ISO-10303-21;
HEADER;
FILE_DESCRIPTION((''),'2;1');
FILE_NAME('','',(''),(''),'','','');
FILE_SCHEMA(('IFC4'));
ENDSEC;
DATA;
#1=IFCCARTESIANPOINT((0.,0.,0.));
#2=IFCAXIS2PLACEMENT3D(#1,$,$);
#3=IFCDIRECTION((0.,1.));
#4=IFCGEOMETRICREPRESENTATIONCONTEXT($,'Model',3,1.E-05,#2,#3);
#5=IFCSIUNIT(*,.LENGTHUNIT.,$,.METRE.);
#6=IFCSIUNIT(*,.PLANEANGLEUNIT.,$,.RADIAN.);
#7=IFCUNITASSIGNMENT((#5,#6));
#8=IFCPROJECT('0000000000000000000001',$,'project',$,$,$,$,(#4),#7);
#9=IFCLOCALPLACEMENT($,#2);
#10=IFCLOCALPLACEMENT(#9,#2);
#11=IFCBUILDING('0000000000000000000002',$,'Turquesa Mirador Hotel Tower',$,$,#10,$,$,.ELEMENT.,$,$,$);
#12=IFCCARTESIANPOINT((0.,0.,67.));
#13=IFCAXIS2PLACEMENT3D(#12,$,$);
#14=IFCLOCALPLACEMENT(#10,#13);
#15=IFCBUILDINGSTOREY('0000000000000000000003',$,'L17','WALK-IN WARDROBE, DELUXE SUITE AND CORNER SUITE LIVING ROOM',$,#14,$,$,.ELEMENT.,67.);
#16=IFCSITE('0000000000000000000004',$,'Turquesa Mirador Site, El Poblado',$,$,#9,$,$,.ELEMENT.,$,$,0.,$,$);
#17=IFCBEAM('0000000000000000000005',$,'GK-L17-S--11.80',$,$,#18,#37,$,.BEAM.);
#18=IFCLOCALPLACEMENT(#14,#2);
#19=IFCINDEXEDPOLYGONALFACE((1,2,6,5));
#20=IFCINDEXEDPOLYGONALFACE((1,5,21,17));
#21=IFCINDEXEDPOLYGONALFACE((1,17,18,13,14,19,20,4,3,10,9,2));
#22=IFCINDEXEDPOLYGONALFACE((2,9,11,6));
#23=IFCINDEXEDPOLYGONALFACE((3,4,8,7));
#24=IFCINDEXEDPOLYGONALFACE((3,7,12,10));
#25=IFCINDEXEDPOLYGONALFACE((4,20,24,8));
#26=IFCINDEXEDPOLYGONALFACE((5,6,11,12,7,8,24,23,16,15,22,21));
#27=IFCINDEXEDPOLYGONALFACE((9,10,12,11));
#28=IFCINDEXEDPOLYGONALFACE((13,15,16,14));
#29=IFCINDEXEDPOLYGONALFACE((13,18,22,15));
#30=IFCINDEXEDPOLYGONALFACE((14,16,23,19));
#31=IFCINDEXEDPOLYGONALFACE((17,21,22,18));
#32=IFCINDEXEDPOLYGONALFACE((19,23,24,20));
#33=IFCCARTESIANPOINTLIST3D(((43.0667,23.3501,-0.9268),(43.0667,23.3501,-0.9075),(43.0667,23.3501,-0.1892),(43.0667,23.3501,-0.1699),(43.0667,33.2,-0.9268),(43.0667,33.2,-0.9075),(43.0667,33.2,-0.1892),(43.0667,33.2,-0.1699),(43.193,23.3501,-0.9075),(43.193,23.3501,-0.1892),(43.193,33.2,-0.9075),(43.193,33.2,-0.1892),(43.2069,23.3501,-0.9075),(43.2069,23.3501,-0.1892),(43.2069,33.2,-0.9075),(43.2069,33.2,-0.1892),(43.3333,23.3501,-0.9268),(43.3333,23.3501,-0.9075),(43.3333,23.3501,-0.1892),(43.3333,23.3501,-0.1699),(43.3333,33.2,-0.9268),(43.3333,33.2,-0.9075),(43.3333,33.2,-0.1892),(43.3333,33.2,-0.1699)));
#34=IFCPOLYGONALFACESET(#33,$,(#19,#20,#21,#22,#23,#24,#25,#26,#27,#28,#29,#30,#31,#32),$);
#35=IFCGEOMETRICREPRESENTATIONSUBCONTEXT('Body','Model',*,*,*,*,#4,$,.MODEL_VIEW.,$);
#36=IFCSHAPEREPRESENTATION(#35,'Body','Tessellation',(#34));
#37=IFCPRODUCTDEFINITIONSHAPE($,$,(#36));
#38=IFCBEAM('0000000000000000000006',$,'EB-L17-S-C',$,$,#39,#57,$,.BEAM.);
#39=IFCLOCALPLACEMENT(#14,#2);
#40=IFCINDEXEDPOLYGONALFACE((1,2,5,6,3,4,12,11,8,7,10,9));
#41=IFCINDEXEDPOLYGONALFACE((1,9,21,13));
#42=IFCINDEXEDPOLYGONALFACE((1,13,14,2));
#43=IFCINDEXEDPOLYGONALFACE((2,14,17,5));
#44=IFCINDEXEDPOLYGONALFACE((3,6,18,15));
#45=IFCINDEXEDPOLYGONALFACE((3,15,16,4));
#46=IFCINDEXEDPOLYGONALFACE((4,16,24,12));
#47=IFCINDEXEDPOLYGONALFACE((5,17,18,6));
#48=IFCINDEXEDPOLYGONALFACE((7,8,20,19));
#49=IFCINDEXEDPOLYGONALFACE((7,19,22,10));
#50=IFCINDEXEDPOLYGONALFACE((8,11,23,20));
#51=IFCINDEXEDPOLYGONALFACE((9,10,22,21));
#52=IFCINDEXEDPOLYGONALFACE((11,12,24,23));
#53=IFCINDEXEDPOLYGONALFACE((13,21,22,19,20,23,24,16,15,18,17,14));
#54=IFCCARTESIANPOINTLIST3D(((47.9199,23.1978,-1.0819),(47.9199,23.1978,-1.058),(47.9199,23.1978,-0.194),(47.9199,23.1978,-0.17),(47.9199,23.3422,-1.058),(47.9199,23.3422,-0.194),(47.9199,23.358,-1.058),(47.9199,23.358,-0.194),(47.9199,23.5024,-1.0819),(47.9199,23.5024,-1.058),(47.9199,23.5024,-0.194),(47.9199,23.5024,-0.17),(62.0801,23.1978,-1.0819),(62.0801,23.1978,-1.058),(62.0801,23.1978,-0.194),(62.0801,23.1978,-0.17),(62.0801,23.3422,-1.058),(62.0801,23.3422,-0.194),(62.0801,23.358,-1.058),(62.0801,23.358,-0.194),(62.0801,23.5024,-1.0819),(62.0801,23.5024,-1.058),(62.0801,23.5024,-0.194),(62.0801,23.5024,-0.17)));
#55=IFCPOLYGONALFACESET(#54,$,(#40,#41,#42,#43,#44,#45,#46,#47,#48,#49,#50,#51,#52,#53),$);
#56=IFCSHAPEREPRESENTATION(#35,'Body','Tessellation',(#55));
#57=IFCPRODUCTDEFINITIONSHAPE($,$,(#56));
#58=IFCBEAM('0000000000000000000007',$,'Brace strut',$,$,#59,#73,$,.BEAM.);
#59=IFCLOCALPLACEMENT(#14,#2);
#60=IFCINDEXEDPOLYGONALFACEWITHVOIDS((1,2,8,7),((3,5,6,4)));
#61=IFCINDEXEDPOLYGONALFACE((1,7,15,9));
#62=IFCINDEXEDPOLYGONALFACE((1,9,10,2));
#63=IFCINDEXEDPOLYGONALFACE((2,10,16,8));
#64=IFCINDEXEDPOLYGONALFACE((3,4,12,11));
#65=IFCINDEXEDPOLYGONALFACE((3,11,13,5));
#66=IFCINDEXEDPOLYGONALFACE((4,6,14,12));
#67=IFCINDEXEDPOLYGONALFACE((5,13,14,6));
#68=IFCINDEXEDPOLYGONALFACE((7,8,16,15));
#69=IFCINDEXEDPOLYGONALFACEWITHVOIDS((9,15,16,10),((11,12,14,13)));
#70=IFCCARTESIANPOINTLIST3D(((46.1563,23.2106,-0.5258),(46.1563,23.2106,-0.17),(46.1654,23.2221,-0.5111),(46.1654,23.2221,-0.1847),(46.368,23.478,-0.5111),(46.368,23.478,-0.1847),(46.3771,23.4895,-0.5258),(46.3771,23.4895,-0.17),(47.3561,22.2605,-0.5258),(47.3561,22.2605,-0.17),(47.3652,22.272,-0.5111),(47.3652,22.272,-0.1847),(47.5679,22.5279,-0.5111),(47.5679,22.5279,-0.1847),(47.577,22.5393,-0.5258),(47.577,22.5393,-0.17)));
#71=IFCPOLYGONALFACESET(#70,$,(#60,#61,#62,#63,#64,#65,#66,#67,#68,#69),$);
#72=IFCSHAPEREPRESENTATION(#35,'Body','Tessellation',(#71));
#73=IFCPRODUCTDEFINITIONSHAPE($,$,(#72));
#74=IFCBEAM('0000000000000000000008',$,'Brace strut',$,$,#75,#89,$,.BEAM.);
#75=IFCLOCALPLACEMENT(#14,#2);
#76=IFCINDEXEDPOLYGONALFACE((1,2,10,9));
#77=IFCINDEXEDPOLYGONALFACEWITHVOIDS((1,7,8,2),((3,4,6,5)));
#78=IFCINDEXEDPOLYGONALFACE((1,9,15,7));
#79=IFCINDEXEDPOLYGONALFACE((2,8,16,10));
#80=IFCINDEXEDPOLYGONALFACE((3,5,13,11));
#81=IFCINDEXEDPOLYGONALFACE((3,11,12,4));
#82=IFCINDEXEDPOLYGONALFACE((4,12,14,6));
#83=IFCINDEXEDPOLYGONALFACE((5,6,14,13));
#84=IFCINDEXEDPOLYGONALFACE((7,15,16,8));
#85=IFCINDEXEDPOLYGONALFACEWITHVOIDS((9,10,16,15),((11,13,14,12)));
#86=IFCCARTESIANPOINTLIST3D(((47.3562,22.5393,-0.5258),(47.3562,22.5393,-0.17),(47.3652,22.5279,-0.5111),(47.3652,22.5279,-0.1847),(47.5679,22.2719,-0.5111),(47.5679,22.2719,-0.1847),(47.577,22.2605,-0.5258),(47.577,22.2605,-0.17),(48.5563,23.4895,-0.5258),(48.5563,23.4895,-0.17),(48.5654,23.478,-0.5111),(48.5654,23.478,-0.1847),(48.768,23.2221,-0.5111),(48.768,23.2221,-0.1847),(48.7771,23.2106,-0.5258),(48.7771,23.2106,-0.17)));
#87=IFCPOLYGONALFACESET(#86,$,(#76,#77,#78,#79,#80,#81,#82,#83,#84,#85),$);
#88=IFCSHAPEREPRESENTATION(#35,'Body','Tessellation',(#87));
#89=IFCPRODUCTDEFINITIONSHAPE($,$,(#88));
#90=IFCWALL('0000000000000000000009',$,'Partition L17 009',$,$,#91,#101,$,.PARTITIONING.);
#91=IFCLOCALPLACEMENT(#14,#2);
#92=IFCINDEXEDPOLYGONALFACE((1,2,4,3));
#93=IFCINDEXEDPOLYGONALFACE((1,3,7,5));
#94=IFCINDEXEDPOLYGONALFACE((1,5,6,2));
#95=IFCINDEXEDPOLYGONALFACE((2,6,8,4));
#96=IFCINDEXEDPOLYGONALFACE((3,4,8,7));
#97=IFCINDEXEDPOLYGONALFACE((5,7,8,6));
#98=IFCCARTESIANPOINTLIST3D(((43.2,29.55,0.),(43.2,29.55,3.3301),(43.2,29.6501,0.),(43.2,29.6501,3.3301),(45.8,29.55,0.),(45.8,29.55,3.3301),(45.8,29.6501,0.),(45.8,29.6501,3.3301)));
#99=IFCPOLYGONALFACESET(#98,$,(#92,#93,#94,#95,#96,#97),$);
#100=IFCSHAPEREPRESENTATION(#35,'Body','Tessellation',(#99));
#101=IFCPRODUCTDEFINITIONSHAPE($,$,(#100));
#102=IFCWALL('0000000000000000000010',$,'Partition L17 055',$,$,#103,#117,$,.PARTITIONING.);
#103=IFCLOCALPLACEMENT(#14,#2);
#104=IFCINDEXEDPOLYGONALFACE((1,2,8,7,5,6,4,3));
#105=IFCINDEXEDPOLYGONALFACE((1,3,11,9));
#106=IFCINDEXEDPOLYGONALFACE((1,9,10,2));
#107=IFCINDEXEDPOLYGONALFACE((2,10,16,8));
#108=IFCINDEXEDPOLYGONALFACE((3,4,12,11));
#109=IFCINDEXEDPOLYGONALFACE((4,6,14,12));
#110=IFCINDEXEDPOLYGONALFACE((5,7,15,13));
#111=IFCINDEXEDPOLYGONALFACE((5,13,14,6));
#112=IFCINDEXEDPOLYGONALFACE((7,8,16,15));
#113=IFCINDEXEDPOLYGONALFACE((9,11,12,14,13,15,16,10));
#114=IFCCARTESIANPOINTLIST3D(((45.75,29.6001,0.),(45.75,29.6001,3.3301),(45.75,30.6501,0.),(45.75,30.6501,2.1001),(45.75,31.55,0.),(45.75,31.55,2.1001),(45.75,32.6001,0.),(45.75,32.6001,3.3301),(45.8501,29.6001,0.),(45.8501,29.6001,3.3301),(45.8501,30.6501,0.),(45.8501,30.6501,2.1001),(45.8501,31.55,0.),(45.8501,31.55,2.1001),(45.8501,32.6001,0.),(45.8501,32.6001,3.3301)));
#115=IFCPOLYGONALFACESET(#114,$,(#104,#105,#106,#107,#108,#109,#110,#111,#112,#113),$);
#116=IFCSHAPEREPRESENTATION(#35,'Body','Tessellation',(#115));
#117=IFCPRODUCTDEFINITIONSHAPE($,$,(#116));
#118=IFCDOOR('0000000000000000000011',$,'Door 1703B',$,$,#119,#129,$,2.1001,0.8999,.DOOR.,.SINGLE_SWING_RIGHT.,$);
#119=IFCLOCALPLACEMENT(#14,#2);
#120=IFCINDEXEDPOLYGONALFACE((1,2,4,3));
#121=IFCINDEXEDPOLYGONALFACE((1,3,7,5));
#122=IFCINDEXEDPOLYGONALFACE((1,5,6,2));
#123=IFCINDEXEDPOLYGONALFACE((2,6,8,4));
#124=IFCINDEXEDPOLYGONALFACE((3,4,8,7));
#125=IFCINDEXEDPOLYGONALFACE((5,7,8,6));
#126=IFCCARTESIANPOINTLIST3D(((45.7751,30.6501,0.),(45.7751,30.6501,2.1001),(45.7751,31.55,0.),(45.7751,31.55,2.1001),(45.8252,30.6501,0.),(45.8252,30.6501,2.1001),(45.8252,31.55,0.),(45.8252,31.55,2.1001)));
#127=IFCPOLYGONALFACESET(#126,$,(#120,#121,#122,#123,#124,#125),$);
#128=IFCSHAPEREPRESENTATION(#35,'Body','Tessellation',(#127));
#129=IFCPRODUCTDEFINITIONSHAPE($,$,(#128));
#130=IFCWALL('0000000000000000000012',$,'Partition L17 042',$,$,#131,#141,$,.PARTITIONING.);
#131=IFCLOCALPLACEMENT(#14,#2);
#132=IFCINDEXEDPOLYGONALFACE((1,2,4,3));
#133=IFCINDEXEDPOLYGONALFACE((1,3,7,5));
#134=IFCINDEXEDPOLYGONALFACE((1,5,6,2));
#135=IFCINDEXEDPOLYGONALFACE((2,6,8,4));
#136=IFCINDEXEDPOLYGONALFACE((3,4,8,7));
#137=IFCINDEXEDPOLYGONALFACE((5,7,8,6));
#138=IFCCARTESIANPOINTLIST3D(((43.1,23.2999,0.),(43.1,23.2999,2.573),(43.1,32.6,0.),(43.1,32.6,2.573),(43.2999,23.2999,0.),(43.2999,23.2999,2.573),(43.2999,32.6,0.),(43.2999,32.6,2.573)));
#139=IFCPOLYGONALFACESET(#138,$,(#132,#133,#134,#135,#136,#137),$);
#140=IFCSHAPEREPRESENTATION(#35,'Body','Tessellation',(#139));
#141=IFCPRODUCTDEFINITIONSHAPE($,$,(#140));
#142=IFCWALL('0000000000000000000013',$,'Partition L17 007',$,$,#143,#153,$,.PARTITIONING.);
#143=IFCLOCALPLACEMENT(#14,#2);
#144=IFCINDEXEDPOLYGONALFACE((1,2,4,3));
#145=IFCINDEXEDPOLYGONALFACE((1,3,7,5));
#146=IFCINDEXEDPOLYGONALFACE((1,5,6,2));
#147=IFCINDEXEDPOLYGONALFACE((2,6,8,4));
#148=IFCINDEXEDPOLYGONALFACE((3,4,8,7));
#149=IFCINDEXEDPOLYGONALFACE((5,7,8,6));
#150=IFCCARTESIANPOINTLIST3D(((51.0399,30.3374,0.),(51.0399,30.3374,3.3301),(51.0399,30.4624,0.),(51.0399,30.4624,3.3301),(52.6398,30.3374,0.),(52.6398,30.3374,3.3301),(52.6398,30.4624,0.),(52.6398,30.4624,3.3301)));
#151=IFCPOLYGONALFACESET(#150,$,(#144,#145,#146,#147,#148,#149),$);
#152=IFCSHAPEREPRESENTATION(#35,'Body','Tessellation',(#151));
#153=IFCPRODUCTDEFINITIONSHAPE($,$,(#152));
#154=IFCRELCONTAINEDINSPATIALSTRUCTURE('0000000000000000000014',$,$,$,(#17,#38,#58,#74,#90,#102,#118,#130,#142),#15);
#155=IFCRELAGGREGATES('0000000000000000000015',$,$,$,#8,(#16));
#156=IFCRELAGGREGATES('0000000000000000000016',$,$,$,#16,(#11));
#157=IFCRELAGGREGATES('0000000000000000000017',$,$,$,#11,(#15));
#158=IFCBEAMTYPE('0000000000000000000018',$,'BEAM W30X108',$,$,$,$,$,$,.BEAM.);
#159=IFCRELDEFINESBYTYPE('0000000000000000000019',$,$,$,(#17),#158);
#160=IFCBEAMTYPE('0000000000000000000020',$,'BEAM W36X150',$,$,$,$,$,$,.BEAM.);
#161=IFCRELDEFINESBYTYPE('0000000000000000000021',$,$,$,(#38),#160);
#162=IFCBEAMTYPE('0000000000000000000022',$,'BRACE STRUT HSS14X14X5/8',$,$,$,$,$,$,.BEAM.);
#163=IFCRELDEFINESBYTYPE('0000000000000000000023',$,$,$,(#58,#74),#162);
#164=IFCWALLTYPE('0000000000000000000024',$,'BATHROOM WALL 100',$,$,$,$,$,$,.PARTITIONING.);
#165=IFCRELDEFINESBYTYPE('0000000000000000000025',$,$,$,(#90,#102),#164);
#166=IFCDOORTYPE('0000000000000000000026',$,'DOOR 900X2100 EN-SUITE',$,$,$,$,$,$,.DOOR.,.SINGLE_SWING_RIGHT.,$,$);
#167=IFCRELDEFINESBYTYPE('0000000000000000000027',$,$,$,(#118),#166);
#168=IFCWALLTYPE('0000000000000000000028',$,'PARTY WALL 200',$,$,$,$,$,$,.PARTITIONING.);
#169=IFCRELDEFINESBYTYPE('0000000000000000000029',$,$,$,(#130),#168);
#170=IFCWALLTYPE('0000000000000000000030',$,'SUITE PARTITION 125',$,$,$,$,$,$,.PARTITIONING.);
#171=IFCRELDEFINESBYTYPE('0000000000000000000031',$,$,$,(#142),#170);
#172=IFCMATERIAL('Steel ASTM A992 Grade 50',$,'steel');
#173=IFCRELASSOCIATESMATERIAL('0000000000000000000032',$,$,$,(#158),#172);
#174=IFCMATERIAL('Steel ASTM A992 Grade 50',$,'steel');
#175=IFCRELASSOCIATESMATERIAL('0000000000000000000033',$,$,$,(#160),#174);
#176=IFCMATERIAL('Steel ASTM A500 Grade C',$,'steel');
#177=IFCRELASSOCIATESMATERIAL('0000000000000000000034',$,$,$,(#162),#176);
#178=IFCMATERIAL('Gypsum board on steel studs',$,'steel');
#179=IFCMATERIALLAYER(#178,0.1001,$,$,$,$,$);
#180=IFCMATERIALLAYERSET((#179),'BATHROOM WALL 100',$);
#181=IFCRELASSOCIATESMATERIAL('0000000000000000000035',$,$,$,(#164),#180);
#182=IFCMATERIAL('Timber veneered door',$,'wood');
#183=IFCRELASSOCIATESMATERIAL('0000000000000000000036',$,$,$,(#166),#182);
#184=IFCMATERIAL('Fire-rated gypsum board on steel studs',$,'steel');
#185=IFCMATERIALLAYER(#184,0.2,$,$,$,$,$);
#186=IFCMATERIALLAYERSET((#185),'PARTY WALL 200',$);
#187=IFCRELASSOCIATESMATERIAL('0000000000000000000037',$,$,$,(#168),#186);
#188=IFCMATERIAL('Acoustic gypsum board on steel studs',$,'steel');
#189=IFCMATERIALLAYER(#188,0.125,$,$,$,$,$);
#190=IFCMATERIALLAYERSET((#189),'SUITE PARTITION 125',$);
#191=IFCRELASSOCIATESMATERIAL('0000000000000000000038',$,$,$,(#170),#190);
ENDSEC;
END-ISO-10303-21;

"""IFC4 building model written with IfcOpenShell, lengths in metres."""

from ifc_helpers import new_model, si_unit, direction, frame, frame_2d, origin, origin_2d, place, context, subcontext, project, spatial, rectangle, hollow_rectangle, i_section, extrude, material, layer, layer_set, material_profile, profile_set, type_object, element, fill, save


model = new_model("IFC4")

# Units and contexts
model_context = context("Model", 3, precision=1e-05, world=origin(), true_north=direction((0.0, 1.0)))
body_context = subcontext(model_context, "Body", "Model", "MODEL_VIEW")
ifc_project = project(units=[si_unit("LENGTHUNIT", "METRE"), si_unit("PLANEANGLEUNIT", "RADIAN")], contexts=[model_context])

# Site, building, storey
site_placement = place(None, origin())
site = spatial("IfcSite", under=ifc_project, at=site_placement, Name="Turquesa Mirador Site, El Poblado", CompositionType="ELEMENT", RefElevation=0.0)
building_placement = place(site_placement, origin())
building = spatial("IfcBuilding", under=site, at=building_placement, Name="Turquesa Mirador Hotel Tower", CompositionType="ELEMENT")
storey_placement = place(building_placement, frame((0.0, 0.0, 67.0)))
storey = spatial("IfcBuildingStorey", under=building, at=storey_placement, Name="L17", Description="WALK-IN WARDROBE, DELUXE SUITE AND CORNER SUITE LIVING ROOM", CompositionType="ELEMENT", Elevation=67.0)

# Beams
ifc_material_1 = material(Name="Steel ASTM A992 Grade 50", Category="steel")
ifc_material_profile_1 = material_profile(ifc_material_1, i_section(OverallWidth=0.2666, OverallDepth=0.7568, WebThickness=0.0139, FlangeThickness=0.0193, at=origin_2d()), Name="W30X108")
ifc_profile_set_1 = profile_set([ifc_material_profile_1], Name="Steel ASTM A992 Grade 50")
beam_type_1 = type_object("IfcBeamType", Name="BEAM W30X108", PredefinedType="BEAM", material=ifc_profile_set_1)
beam_1_placement = place(storey_placement, frame((43.2, 23.3501, -0.5483), z_axis=(0.0, 1.0, 0.0), x_axis=(-1.0, 0.0, 0.0)))
element("IfcBeam", 1, at=beam_1_placement, inside=storey, type_object=beam_type_1, Name="GK-L17-S--11.80", PredefinedType="BEAM", context=body_context, shape_type="SweptSolid", body=[
    extrude(i_section(OverallWidth=0.2666, OverallDepth=0.7568, WebThickness=0.0139, FlangeThickness=0.0193, at=origin_2d()), origin(), (0.0, 0.0, 1.0), 9.8499),
])
ifc_material_2 = material(Name="Steel ASTM A992 Grade 50", Category="steel")
ifc_material_profile_2 = material_profile(ifc_material_2, i_section(OverallWidth=0.3047, OverallDepth=0.9119, WebThickness=0.0159, FlangeThickness=0.0239, at=origin_2d()), Name="W36X150")
ifc_profile_set_2 = profile_set([ifc_material_profile_2], Name="Steel ASTM A992 Grade 50")
beam_type_2 = type_object("IfcBeamType", Name="BEAM W36X150", PredefinedType="BEAM", material=ifc_profile_set_2)
beam_2_placement = place(storey_placement, frame((47.9199, 23.3501, -0.626), z_axis=(1.0, 0.0, 0.0), x_axis=(0.0, 1.0, 0.0)))
element("IfcBeam", 2, at=beam_2_placement, inside=storey, type_object=beam_type_2, Name="EB-L17-S-C", PredefinedType="BEAM", context=body_context, shape_type="SweptSolid", body=[
    extrude(i_section(OverallWidth=0.3047, OverallDepth=0.9119, WebThickness=0.0159, FlangeThickness=0.0239, at=origin_2d()), origin(), (0.0, 0.0, 1.0), 14.1602),
])
ifc_material_3 = material(Name="Steel ASTM A500 Grade C", Category="steel")
ifc_material_profile_3 = material_profile(ifc_material_3, hollow_rectangle(XDim=0.3557, YDim=0.3557, WallThickness=0.0146, at=origin_2d()), Name="HSS14X14X5/8")
ifc_profile_set_3 = profile_set([ifc_material_profile_3], Name="Steel ASTM A500 Grade C")
beam_type_3 = type_object("IfcBeamType", Name="BRACE STRUT HSS14X14X5/8", PredefinedType="BEAM", material=ifc_profile_set_3)
beam_3_placement = place(storey_placement, frame((47.4666, 22.3999, -0.3479), z_axis=(-0.783971, 0.620797, 0.0), x_axis=(-0.620797, -0.783971, 0.0)))
element("IfcBeam", 3, at=beam_3_placement, inside=storey, type_object=beam_type_3, Name="Brace strut", PredefinedType="BEAM", context=body_context, shape_type="SweptSolid", body=[
    extrude(hollow_rectangle(XDim=0.3557, YDim=0.3557, WallThickness=0.0146, at=origin_2d()), origin(), (0.0, 0.0, 1.0), 1.5305),
])
beam_4_placement = place(storey_placement, frame((47.4666, 22.3999, -0.3479), z_axis=(0.784033, 0.620719, 0.0), x_axis=(-0.620719, 0.784033, 0.0)))
element("IfcBeam", 4, at=beam_4_placement, inside=storey, type_object=beam_type_3, Name="Brace strut", PredefinedType="BEAM", context=body_context, shape_type="SweptSolid", body=[
    extrude(hollow_rectangle(XDim=0.3557, YDim=0.3557, WallThickness=0.0146, at=origin_2d()), origin(), (0.0, 0.0, 1.0), 1.5308),
])

# Wall
ifc_material_4 = material(Name="Gypsum board on steel studs", Category="steel")
ifc_layer_1 = layer(ifc_material_4, 0.1001)
ifc_layer_set_1 = layer_set([ifc_layer_1], Name="BATHROOM WALL 100")
wall_type_1 = type_object("IfcWallType", Name="BATHROOM WALL 100", PredefinedType="PARTITIONING", material=ifc_layer_set_1)
wall_1_placement = place(storey_placement, frame((43.2, 29.6001, 0.0), z_axis=(0.0, 0.0, 1.0), x_axis=(1.0, 0.0, 0.0)))
element("IfcWall", 5, at=wall_1_placement, inside=storey, type_object=wall_type_1, Name="Partition L17 009", PredefinedType="PARTITIONING", context=body_context, shape_type="SweptSolid", body=[
    extrude(rectangle(XDim=2.6001, YDim=0.1001, at=frame_2d((1.3, 0.0))), origin(), (0.0, 0.0, 1.0), 3.3301),
])

# Wall, opening, door
wall_2_placement = place(storey_placement, frame((45.8, 29.6001, 0.0), z_axis=(0.0, 0.0, 1.0), x_axis=(0.0, 1.0, 0.0)))
wall_2 = element("IfcWall", 6, at=wall_2_placement, inside=storey, type_object=wall_type_1, Name="Partition L17 055", PredefinedType="PARTITIONING", context=body_context, shape_type="SweptSolid", body=[
    extrude(rectangle(XDim=3.0, YDim=0.1001, at=frame_2d((1.5, 0.0))), origin(), (0.0, 0.0, 1.0), 3.3301),
])
opening_placement = place(wall_2_placement, frame((1.05, 0.0, 0.0)))
opening = element("IfcOpeningElement", 7, at=opening_placement, cuts=wall_2, PredefinedType="OPENING", context=body_context, shape_type="SweptSolid", body=[
    extrude(rectangle(XDim=0.8999, YDim=2.1001, at=frame_2d((0.45, 1.05))), frame((0.0, 0.0601, 0.0), z_axis=(0.0, -1.0, 0.0), x_axis=(1.0, 0.0, 0.0)), (0.0, 0.0, 1.0), 0.1201),
])
ifc_material_5 = material(Name="Timber veneered door", Category="wood")
door_type = type_object("IfcDoorType", Name="DOOR 900X2100 EN-SUITE", OperationType="SINGLE_SWING_RIGHT", PredefinedType="DOOR", material=ifc_material_5)
door_placement = place(opening_placement, origin())
door = element("IfcDoor", 8, at=door_placement, inside=storey, type_object=door_type, Name="Door 1703B", OperationType="SINGLE_SWING_RIGHT", OverallHeight=2.1001, OverallWidth=0.8999, PredefinedType="DOOR", context=body_context, shape_type="SweptSolid", body=[
    extrude(rectangle(XDim=0.8999, YDim=2.1001, at=frame_2d((0.45, 1.05))), frame((0.0, 0.0249, 0.0), z_axis=(0.0, -1.0, 0.0), x_axis=(1.0, 0.0, 0.0)), (0.0, 0.0, 1.0), 0.05),
])
fill(opening, door)

# Walls
ifc_material_6 = material(Name="Fire-rated gypsum board on steel studs", Category="steel")
ifc_layer_2 = layer(ifc_material_6, 0.2)
ifc_layer_set_2 = layer_set([ifc_layer_2], Name="PARTY WALL 200")
wall_type_2 = type_object("IfcWallType", Name="PARTY WALL 200", PredefinedType="PARTITIONING", material=ifc_layer_set_2)
wall_3_placement = place(storey_placement, frame((43.2, 23.3, 0.0), z_axis=(0.0, 0.0, 1.0), x_axis=(0.0, 1.0, 0.0)))
element("IfcWall", 9, at=wall_3_placement, inside=storey, type_object=wall_type_2, Name="Partition L17 042", PredefinedType="PARTITIONING", context=body_context, shape_type="SweptSolid", body=[
    extrude(rectangle(XDim=9.3, YDim=0.2, at=frame_2d((4.6499, 0.0))), origin(), (0.0, 0.0, 1.0), 2.573),
])
ifc_material_7 = material(Name="Acoustic gypsum board on steel studs", Category="steel")
ifc_layer_3 = layer(ifc_material_7, 0.125)
ifc_layer_set_3 = layer_set([ifc_layer_3], Name="SUITE PARTITION 125")
wall_type_3 = type_object("IfcWallType", Name="SUITE PARTITION 125", PredefinedType="PARTITIONING", material=ifc_layer_set_3)
wall_4_placement = place(storey_placement, frame((51.04, 30.3999, 0.0), z_axis=(0.0, 0.0, 1.0), x_axis=(1.0, 0.0, 0.0)))
element("IfcWall", 10, at=wall_4_placement, inside=storey, type_object=wall_type_3, Name="Partition L17 007", PredefinedType="PARTITIONING", context=body_context, shape_type="SweptSolid", body=[
    extrude(rectangle(XDim=1.5999, YDim=0.125, at=frame_2d((0.7998, 0.0))), origin(), (0.0, 0.0, 1.0), 3.3301),
])

save(model, "model.ifc")
